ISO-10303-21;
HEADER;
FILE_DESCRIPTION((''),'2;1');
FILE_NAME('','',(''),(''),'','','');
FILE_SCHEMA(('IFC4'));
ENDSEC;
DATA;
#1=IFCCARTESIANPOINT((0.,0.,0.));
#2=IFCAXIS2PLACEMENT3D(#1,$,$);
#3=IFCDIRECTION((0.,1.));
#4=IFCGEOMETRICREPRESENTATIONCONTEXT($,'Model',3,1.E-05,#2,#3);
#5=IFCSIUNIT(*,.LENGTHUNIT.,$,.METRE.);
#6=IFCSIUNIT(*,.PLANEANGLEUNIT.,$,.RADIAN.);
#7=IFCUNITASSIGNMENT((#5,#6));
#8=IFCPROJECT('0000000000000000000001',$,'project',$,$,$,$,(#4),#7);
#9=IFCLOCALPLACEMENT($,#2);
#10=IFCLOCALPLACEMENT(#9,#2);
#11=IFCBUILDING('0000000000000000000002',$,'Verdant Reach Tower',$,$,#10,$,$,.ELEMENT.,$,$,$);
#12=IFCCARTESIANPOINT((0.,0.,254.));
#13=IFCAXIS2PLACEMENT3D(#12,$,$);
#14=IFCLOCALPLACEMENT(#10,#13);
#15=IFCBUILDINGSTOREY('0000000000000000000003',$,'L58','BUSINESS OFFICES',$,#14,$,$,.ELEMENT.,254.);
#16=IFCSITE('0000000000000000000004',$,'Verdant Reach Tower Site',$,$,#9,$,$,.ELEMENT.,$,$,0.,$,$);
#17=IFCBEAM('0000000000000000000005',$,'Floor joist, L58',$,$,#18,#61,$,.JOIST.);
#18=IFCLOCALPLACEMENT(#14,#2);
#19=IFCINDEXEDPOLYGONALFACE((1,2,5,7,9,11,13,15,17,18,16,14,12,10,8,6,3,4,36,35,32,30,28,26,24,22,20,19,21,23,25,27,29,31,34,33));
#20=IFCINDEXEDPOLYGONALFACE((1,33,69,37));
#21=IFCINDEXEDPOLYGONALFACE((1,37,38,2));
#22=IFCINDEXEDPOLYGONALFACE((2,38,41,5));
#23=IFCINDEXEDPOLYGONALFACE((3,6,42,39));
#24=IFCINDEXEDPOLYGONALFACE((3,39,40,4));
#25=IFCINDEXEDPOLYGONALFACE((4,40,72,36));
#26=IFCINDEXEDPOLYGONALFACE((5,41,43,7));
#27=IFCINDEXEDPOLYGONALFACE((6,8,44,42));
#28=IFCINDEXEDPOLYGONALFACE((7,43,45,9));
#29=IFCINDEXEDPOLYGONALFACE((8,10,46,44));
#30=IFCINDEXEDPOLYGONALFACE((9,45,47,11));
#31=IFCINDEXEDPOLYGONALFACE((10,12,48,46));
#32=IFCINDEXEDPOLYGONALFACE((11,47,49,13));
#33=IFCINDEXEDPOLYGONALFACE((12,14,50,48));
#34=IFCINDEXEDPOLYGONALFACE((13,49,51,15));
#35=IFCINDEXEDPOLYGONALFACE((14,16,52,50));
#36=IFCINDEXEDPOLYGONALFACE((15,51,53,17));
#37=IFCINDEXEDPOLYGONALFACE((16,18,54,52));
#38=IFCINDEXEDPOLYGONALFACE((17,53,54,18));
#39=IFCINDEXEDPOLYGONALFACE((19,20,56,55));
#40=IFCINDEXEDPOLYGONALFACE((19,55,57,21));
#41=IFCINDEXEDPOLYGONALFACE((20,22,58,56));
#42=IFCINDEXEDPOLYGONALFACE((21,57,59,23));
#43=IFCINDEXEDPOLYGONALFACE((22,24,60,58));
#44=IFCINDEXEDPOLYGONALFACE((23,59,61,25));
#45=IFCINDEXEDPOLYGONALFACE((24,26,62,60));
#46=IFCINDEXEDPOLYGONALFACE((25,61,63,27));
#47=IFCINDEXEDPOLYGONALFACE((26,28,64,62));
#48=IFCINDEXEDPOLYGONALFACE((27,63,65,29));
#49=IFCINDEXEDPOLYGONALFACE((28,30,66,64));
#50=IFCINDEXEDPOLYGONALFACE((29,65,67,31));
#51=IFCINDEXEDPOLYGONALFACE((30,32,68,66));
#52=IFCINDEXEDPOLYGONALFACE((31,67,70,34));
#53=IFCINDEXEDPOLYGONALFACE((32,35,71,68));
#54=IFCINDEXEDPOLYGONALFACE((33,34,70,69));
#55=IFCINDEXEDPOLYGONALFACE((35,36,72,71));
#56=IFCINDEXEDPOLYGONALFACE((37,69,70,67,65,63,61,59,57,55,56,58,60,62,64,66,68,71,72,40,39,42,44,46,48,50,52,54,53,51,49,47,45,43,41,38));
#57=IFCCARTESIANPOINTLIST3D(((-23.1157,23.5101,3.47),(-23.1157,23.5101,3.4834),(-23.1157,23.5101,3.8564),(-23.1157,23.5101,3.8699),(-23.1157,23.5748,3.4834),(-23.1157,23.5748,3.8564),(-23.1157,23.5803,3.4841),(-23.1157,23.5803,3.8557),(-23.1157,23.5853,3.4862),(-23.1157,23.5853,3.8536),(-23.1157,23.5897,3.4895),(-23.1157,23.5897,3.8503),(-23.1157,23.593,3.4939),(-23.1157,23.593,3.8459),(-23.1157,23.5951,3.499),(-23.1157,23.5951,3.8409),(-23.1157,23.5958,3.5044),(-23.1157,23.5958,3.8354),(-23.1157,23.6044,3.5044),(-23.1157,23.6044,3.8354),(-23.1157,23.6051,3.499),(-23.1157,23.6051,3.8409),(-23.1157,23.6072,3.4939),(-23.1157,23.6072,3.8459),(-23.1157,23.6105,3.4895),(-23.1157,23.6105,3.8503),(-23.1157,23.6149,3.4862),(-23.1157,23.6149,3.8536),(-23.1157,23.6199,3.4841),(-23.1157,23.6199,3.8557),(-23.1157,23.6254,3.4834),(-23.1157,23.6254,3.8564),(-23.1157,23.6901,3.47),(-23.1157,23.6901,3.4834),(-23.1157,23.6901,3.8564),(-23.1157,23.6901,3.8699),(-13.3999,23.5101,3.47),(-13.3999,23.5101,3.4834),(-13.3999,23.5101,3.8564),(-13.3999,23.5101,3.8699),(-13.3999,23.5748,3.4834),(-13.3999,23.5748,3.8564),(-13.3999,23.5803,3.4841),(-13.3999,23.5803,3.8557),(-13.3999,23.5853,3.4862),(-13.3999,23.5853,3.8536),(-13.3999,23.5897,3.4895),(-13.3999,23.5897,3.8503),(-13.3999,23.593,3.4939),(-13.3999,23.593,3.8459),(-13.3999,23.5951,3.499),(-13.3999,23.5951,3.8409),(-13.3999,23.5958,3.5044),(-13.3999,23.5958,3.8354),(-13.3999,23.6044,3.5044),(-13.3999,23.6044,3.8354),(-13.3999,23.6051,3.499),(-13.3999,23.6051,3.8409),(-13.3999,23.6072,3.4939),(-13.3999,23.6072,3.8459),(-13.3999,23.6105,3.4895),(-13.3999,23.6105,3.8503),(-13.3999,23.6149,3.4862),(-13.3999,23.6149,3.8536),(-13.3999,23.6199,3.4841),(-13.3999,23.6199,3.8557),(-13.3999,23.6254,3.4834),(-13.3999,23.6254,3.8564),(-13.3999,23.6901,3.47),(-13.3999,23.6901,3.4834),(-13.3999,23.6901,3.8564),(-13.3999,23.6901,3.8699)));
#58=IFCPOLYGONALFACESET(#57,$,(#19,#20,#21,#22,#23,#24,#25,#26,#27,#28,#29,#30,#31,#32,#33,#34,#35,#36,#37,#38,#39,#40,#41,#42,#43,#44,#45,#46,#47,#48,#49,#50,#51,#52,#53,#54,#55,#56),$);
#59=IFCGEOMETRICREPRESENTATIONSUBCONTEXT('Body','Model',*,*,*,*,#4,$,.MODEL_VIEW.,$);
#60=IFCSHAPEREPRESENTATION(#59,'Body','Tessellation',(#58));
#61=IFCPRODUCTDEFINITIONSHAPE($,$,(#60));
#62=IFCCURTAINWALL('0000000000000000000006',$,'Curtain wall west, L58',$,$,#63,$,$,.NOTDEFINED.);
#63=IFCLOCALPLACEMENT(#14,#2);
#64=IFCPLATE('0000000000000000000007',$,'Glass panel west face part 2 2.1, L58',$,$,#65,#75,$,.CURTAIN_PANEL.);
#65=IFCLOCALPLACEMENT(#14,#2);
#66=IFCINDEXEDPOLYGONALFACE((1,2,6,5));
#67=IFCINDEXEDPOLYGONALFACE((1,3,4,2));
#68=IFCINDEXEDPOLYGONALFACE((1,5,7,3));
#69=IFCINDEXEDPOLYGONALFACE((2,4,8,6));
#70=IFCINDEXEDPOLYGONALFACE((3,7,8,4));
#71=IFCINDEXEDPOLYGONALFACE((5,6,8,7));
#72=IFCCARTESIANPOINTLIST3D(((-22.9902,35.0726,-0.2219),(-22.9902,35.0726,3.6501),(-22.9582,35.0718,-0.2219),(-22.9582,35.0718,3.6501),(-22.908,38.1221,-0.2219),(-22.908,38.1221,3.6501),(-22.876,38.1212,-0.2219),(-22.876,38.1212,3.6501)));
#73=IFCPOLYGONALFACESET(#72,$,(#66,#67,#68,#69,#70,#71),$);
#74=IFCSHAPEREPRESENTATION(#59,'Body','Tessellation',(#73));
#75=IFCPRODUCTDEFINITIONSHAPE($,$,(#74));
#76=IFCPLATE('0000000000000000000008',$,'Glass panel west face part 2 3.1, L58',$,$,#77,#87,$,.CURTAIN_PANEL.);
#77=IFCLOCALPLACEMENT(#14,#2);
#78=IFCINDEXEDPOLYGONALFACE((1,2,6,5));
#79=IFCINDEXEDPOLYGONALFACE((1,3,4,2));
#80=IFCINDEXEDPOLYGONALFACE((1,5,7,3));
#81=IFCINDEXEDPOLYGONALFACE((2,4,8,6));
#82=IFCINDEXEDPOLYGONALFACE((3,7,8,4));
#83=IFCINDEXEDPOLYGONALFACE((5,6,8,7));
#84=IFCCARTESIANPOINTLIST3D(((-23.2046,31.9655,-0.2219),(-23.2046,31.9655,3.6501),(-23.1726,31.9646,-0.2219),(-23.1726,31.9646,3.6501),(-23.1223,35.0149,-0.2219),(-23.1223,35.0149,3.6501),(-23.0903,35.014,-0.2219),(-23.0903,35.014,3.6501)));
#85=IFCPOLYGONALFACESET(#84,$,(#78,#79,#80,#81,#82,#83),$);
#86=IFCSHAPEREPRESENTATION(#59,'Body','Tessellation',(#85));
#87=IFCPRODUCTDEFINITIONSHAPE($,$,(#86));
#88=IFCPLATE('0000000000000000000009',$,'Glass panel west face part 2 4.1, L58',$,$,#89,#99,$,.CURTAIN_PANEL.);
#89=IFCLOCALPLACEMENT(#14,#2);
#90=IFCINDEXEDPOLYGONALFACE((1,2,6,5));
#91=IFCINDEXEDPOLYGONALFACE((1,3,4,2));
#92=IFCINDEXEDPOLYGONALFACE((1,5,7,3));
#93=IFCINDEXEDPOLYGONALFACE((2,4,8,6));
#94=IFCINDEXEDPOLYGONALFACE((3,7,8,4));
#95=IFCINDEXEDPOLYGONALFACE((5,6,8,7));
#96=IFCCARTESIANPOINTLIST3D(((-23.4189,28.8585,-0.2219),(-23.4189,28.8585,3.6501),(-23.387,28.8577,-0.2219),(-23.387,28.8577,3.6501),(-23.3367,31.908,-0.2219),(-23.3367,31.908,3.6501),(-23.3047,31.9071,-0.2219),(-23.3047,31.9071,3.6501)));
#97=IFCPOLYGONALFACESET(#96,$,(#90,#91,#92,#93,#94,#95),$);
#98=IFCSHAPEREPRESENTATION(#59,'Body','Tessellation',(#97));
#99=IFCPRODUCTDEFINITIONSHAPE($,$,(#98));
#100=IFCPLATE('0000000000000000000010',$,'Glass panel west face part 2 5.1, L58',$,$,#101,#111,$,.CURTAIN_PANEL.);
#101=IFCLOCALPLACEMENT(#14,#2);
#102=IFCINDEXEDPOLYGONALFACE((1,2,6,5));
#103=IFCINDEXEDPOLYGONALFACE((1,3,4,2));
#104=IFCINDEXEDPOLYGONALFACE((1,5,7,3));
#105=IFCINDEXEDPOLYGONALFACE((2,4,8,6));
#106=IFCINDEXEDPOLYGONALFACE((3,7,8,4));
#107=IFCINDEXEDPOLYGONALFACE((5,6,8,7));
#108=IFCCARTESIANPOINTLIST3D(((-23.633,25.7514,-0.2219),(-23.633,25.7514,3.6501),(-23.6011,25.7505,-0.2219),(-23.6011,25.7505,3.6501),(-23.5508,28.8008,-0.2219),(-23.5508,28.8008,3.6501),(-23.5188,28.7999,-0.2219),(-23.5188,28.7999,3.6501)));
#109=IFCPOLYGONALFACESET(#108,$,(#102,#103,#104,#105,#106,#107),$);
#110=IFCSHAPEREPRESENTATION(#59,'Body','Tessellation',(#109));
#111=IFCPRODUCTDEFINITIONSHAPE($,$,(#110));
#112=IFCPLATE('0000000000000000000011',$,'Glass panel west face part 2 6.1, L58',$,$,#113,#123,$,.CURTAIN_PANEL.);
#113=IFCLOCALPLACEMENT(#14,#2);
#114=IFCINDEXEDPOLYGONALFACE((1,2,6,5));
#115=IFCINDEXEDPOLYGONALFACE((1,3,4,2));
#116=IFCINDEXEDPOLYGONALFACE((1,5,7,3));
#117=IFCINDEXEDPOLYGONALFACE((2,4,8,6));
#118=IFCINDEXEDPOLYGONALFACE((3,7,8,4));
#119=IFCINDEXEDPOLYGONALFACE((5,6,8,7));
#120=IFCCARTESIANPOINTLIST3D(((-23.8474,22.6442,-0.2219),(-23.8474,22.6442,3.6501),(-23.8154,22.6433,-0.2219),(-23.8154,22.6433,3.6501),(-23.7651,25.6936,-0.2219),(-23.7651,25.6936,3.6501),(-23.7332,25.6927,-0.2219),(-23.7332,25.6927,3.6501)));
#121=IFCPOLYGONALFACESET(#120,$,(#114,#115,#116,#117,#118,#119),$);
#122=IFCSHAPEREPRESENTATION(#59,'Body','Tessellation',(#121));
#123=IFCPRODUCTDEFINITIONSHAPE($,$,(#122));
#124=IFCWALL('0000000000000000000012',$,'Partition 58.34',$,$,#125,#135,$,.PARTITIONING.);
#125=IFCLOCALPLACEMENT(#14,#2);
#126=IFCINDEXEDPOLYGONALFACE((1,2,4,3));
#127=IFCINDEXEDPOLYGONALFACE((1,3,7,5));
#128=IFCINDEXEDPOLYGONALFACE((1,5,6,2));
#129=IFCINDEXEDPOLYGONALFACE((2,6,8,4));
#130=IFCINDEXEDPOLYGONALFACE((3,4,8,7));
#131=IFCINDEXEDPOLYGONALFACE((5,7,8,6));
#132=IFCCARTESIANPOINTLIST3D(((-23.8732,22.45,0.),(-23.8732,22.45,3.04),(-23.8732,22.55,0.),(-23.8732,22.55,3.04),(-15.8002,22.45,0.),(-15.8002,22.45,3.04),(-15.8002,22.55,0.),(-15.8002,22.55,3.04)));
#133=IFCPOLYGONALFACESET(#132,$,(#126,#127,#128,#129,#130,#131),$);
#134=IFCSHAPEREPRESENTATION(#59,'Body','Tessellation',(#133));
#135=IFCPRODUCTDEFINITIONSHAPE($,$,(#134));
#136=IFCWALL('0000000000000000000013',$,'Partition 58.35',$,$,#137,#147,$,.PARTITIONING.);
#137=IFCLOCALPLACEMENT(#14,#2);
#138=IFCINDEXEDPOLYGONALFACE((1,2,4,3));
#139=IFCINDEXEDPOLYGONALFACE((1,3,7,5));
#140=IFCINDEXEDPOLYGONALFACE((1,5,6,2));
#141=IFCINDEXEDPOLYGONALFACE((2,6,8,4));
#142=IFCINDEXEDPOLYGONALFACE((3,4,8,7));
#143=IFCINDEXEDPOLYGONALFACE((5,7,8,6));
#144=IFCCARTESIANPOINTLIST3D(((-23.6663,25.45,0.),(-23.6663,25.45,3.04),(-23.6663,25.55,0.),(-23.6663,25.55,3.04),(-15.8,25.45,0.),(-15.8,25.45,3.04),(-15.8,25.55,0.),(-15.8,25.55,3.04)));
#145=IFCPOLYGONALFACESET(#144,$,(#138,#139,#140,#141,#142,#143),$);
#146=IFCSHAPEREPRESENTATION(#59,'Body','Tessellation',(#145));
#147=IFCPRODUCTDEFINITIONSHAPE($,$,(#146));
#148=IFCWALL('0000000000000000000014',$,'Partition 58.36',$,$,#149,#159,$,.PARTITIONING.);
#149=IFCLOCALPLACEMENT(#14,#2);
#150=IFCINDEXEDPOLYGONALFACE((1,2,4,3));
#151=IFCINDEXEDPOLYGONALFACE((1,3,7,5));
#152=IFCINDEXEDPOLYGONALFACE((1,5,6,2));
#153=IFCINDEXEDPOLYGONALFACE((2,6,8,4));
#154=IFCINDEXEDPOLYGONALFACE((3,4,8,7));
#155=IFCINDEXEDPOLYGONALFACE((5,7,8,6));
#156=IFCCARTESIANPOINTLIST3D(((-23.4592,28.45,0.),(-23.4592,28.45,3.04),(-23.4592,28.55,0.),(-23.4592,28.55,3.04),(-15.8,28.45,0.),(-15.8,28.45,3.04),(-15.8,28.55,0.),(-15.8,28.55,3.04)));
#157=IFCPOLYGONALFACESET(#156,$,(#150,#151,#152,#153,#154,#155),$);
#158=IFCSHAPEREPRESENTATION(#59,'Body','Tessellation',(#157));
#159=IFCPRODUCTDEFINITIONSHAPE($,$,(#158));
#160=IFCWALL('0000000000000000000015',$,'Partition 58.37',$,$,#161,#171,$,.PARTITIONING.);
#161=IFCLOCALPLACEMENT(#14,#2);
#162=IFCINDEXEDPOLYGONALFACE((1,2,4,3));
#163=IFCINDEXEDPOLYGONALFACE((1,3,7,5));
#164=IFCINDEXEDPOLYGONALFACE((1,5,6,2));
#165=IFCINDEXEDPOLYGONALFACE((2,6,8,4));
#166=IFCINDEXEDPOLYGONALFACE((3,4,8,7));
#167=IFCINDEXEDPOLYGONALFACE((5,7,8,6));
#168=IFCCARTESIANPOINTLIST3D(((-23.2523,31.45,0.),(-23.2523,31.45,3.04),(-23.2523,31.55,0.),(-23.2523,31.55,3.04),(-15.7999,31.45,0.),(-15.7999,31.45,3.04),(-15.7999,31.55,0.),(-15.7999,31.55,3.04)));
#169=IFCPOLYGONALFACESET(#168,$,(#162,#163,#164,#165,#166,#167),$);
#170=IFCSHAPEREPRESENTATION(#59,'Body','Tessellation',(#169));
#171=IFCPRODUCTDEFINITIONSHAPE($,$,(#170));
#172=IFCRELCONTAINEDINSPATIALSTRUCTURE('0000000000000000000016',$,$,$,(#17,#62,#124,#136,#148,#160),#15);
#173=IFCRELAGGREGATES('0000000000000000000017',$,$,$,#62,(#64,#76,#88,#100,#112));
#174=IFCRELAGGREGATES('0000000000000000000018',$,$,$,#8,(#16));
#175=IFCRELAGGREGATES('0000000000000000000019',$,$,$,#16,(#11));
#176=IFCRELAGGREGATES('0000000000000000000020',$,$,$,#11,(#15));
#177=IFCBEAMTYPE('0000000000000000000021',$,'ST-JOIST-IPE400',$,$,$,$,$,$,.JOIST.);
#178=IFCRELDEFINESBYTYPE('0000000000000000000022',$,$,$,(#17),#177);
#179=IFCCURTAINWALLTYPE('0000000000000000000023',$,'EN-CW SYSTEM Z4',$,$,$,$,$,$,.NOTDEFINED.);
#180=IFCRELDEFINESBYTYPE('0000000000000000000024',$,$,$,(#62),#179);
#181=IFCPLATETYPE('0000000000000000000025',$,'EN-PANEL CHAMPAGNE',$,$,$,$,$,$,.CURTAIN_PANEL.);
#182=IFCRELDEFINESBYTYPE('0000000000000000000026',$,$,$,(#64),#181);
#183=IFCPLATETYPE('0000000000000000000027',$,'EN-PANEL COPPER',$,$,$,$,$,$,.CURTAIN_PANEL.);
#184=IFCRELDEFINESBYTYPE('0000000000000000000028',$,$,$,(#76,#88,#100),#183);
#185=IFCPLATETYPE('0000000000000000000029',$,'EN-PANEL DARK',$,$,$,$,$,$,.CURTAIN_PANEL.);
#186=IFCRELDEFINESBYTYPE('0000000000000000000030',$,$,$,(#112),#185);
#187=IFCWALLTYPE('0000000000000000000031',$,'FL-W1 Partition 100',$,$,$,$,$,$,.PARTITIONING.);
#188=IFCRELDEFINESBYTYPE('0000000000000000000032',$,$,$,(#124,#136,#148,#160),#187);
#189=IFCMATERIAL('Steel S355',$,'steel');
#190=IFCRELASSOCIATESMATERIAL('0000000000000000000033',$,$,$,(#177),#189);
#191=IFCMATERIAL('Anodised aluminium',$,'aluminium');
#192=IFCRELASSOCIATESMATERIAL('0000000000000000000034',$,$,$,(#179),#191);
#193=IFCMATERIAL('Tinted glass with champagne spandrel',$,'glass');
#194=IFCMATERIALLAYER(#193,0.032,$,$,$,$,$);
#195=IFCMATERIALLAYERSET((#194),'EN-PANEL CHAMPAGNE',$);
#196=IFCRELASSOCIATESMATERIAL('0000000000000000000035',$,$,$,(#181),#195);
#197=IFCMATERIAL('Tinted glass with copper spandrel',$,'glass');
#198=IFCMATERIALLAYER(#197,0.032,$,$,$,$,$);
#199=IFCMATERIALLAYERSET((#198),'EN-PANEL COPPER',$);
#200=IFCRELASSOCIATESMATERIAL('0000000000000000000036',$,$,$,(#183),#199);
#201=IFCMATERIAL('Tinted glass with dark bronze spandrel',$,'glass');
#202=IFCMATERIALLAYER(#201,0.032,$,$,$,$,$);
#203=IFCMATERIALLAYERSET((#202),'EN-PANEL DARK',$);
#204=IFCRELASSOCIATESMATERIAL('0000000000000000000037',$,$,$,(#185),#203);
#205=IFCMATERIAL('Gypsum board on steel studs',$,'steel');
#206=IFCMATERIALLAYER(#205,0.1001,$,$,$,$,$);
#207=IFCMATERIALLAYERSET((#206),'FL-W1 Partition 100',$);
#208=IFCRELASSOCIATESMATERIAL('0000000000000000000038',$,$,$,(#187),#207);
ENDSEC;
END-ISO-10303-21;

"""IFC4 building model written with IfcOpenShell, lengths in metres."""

from ifc_helpers import new_model, si_unit, direction, frame, frame_2d, origin, origin_2d, place, context, subcontext, project, spatial, rectangle, i_section, extrude, material, layer, layer_set, material_profile, profile_set, type_object, element, aggregate, save


model = new_model("IFC4")

# Units and contexts
model_context = context("Model", 3, precision=1e-05, world=origin(), true_north=direction((0.0, 1.0)))
body_context = subcontext(model_context, "Body", "Model", "MODEL_VIEW")
ifc_project = project(units=[si_unit("LENGTHUNIT", "METRE"), si_unit("PLANEANGLEUNIT", "RADIAN")], contexts=[model_context])

# Site, building, storey
site_placement = place(None, origin())
site = spatial("IfcSite", under=ifc_project, at=site_placement, Name="Verdant Reach Tower Site", CompositionType="ELEMENT", RefElevation=0.0)
building_placement = place(site_placement, origin())
building = spatial("IfcBuilding", under=site, at=building_placement, Name="Verdant Reach Tower", CompositionType="ELEMENT")
storey_placement = place(building_placement, frame((0.0, 0.0, 254.0)))
storey = spatial("IfcBuildingStorey", under=building, at=storey_placement, Name="L58", Description="BUSINESS OFFICES", CompositionType="ELEMENT", Elevation=254.0)

# Beam
ifc_material_1 = material(Name="Steel S355", Category="steel")
ifc_material_profile_1 = material_profile(ifc_material_1, i_section(OverallWidth=0.1799, OverallDepth=0.3999, WebThickness=0.0085, FlangeThickness=0.0134, FilletRadius=0.021, at=origin_2d()), Name="IPE 400")
ifc_profile_set_1 = profile_set([ifc_material_profile_1], Name="Steel S355")
beam_type_1 = type_object("IfcBeamType", Name="ST-JOIST-IPE400", PredefinedType="JOIST", material=ifc_profile_set_1)
beam_1_placement = place(storey_placement, frame((-13.3999, 23.6001, 3.6699), z_axis=(-1.0, 0.0, 0.0), x_axis=(0.0, -1.0, 0.0)))
element("IfcBeam", 1, at=beam_1_placement, inside=storey, type_object=beam_type_1, Name="Floor joist, L58", PredefinedType="JOIST", context=body_context, shape_type="SweptSolid", body=[
    extrude(i_section(OverallWidth=0.1799, OverallDepth=0.3999, WebThickness=0.0085, FlangeThickness=0.0134, FilletRadius=0.021, at=origin_2d()), origin(), (0.0, 0.0, 1.0), 9.7158),
])

# Curtain wall, plates
ifc_material_2 = material(Name="Anodised aluminium", Category="aluminium")
curtain_wall_type = type_object("IfcCurtainWallType", Name="EN-CW SYSTEM Z4", PredefinedType="NOTDEFINED", material=ifc_material_2)
curtain_wall_placement = place(storey_placement, origin())
curtain_wall = element("IfcCurtainWall", 2, at=curtain_wall_placement, inside=storey, type_object=curtain_wall_type, Name="Curtain wall west, L58", PredefinedType="NOTDEFINED")
ifc_material_3 = material(Name="Tinted glass with champagne spandrel", Category="glass")
ifc_layer_1 = layer(ifc_material_3, 0.032)
ifc_layer_set_1 = layer_set([ifc_layer_1], Name="EN-PANEL CHAMPAGNE")
plate_type_1 = type_object("IfcPlateType", Name="EN-PANEL CHAMPAGNE", PredefinedType="CURTAIN_PANEL", material=ifc_layer_set_1)
plate_1_placement = place(storey_placement, frame((-22.9331, 36.5969, -0.2219), z_axis=(0.0, 0.0, 1.0), x_axis=(-0.026965, -0.999636, 0.0)))
plate_1 = element("IfcPlate", 3, at=plate_1_placement, type_object=plate_type_1, Name="Glass panel west face part 2 2.1, L58", PredefinedType="CURTAIN_PANEL", context=body_context, shape_type="SweptSolid", body=[
    extrude(rectangle(XDim=3.0505, YDim=0.032, at=origin_2d()), origin(), (0.0, 0.0, 1.0), 3.8721),
])
ifc_material_4 = material(Name="Tinted glass with copper spandrel", Category="glass")
ifc_layer_2 = layer(ifc_material_4, 0.032)
ifc_layer_set_2 = layer_set([ifc_layer_2], Name="EN-PANEL COPPER")
plate_type_2 = type_object("IfcPlateType", Name="EN-PANEL COPPER", PredefinedType="CURTAIN_PANEL", material=ifc_layer_set_2)
plate_2_placement = place(storey_placement, frame((-23.1475, 33.4897, -0.2219), z_axis=(0.0, 0.0, 1.0), x_axis=(-0.026965, -0.999636, 0.0)))
plate_2 = element("IfcPlate", 4, at=plate_2_placement, type_object=plate_type_2, Name="Glass panel west face part 2 3.1, L58", PredefinedType="CURTAIN_PANEL", context=body_context, shape_type="SweptSolid", body=[
    extrude(rectangle(XDim=3.0505, YDim=0.032, at=origin_2d()), origin(), (0.0, 0.0, 1.0), 3.8721),
])
plate_3_placement = place(storey_placement, frame((-23.3618, 30.3828, -0.2219), z_axis=(0.0, 0.0, 1.0), x_axis=(-0.026965, -0.999636, 0.0)))
plate_3 = element("IfcPlate", 5, at=plate_3_placement, type_object=plate_type_2, Name="Glass panel west face part 2 4.1, L58", PredefinedType="CURTAIN_PANEL", context=body_context, shape_type="SweptSolid", body=[
    extrude(rectangle(XDim=3.0505, YDim=0.032, at=origin_2d()), origin(), (0.0, 0.0, 1.0), 3.8721),
])
plate_4_placement = place(storey_placement, frame((-23.5759, 27.2756, -0.2219), z_axis=(0.0, 0.0, 1.0), x_axis=(-0.026965, -0.999636, 0.0)))
plate_4 = element("IfcPlate", 6, at=plate_4_placement, type_object=plate_type_2, Name="Glass panel west face part 2 5.1, L58", PredefinedType="CURTAIN_PANEL", context=body_context, shape_type="SweptSolid", body=[
    extrude(rectangle(XDim=3.0505, YDim=0.032, at=origin_2d()), origin(), (0.0, 0.0, 1.0), 3.8721),
])
ifc_material_5 = material(Name="Tinted glass with dark bronze spandrel", Category="glass")
ifc_layer_3 = layer(ifc_material_5, 0.032)
ifc_layer_set_3 = layer_set([ifc_layer_3], Name="EN-PANEL DARK")
plate_type_3 = type_object("IfcPlateType", Name="EN-PANEL DARK", PredefinedType="CURTAIN_PANEL", material=ifc_layer_set_3)
plate_5_placement = place(storey_placement, frame((-23.7903, 24.1685, -0.2219), z_axis=(0.0, 0.0, 1.0), x_axis=(-0.026965, -0.999636, 0.0)))
plate_5 = element("IfcPlate", 7, at=plate_5_placement, type_object=plate_type_3, Name="Glass panel west face part 2 6.1, L58", PredefinedType="CURTAIN_PANEL", context=body_context, shape_type="SweptSolid", body=[
    extrude(rectangle(XDim=3.0505, YDim=0.032, at=origin_2d()), origin(), (0.0, 0.0, 1.0), 3.8721),
])
aggregate(curtain_wall, [plate_1, plate_2, plate_3, plate_4, plate_5])

# Walls
ifc_material_6 = material(Name="Gypsum board on steel studs", Category="steel")
ifc_layer_4 = layer(ifc_material_6, 0.1001)
ifc_layer_set_4 = layer_set([ifc_layer_4], Name="FL-W1 Partition 100")
wall_type_1 = type_object("IfcWallType", Name="FL-W1 Partition 100", PredefinedType="PARTITIONING", material=ifc_layer_set_4)
wall_1_placement = place(storey_placement, frame((-15.8, 22.5, 0.0), z_axis=(0.0, 0.0, 1.0), x_axis=(-1.0, 0.0, 0.0)))
element("IfcWall", 8, at=wall_1_placement, inside=storey, type_object=wall_type_1, Name="Partition 58.34", PredefinedType="PARTITIONING", context=body_context, shape_type="SweptSolid", body=[
    extrude(rectangle(XDim=8.073, YDim=0.1001, at=frame_2d((4.0366, 0.0))), origin(), (0.0, 0.0, 1.0), 3.04),
])
wall_2_placement = place(storey_placement, frame((-15.8, 25.5, 0.0), z_axis=(0.0, 0.0, 1.0), x_axis=(-1.0, 0.0, 0.0)))
element("IfcWall", 9, at=wall_2_placement, inside=storey, type_object=wall_type_1, Name="Partition 58.35", PredefinedType="PARTITIONING", context=body_context, shape_type="SweptSolid", body=[
    extrude(rectangle(XDim=7.8662, YDim=0.1001, at=frame_2d((3.9331, 0.0))), origin(), (0.0, 0.0, 1.0), 3.04),
])
wall_3_placement = place(storey_placement, frame((-15.8, 28.5, 0.0), z_axis=(0.0, 0.0, 1.0), x_axis=(-1.0, 0.0, 0.0)))
element("IfcWall", 10, at=wall_3_placement, inside=storey, type_object=wall_type_1, Name="Partition 58.36", PredefinedType="PARTITIONING", context=body_context, shape_type="SweptSolid", body=[
    extrude(rectangle(XDim=7.6592, YDim=0.1001, at=frame_2d((3.8296, 0.0))), origin(), (0.0, 0.0, 1.0), 3.04),
])
wall_4_placement = place(storey_placement, frame((-15.8, 31.5, 0.0), z_axis=(0.0, 0.0, 1.0), x_axis=(-1.0, 0.0, 0.0)))
element("IfcWall", 11, at=wall_4_placement, inside=storey, type_object=wall_type_1, Name="Partition 58.37", PredefinedType="PARTITIONING", context=body_context, shape_type="SweptSolid", body=[
    extrude(rectangle(XDim=7.4524, YDim=0.1001, at=frame_2d((3.7261, 0.0))), origin(), (0.0, 0.0, 1.0), 3.04),
])

save(model, "model.ifc")
